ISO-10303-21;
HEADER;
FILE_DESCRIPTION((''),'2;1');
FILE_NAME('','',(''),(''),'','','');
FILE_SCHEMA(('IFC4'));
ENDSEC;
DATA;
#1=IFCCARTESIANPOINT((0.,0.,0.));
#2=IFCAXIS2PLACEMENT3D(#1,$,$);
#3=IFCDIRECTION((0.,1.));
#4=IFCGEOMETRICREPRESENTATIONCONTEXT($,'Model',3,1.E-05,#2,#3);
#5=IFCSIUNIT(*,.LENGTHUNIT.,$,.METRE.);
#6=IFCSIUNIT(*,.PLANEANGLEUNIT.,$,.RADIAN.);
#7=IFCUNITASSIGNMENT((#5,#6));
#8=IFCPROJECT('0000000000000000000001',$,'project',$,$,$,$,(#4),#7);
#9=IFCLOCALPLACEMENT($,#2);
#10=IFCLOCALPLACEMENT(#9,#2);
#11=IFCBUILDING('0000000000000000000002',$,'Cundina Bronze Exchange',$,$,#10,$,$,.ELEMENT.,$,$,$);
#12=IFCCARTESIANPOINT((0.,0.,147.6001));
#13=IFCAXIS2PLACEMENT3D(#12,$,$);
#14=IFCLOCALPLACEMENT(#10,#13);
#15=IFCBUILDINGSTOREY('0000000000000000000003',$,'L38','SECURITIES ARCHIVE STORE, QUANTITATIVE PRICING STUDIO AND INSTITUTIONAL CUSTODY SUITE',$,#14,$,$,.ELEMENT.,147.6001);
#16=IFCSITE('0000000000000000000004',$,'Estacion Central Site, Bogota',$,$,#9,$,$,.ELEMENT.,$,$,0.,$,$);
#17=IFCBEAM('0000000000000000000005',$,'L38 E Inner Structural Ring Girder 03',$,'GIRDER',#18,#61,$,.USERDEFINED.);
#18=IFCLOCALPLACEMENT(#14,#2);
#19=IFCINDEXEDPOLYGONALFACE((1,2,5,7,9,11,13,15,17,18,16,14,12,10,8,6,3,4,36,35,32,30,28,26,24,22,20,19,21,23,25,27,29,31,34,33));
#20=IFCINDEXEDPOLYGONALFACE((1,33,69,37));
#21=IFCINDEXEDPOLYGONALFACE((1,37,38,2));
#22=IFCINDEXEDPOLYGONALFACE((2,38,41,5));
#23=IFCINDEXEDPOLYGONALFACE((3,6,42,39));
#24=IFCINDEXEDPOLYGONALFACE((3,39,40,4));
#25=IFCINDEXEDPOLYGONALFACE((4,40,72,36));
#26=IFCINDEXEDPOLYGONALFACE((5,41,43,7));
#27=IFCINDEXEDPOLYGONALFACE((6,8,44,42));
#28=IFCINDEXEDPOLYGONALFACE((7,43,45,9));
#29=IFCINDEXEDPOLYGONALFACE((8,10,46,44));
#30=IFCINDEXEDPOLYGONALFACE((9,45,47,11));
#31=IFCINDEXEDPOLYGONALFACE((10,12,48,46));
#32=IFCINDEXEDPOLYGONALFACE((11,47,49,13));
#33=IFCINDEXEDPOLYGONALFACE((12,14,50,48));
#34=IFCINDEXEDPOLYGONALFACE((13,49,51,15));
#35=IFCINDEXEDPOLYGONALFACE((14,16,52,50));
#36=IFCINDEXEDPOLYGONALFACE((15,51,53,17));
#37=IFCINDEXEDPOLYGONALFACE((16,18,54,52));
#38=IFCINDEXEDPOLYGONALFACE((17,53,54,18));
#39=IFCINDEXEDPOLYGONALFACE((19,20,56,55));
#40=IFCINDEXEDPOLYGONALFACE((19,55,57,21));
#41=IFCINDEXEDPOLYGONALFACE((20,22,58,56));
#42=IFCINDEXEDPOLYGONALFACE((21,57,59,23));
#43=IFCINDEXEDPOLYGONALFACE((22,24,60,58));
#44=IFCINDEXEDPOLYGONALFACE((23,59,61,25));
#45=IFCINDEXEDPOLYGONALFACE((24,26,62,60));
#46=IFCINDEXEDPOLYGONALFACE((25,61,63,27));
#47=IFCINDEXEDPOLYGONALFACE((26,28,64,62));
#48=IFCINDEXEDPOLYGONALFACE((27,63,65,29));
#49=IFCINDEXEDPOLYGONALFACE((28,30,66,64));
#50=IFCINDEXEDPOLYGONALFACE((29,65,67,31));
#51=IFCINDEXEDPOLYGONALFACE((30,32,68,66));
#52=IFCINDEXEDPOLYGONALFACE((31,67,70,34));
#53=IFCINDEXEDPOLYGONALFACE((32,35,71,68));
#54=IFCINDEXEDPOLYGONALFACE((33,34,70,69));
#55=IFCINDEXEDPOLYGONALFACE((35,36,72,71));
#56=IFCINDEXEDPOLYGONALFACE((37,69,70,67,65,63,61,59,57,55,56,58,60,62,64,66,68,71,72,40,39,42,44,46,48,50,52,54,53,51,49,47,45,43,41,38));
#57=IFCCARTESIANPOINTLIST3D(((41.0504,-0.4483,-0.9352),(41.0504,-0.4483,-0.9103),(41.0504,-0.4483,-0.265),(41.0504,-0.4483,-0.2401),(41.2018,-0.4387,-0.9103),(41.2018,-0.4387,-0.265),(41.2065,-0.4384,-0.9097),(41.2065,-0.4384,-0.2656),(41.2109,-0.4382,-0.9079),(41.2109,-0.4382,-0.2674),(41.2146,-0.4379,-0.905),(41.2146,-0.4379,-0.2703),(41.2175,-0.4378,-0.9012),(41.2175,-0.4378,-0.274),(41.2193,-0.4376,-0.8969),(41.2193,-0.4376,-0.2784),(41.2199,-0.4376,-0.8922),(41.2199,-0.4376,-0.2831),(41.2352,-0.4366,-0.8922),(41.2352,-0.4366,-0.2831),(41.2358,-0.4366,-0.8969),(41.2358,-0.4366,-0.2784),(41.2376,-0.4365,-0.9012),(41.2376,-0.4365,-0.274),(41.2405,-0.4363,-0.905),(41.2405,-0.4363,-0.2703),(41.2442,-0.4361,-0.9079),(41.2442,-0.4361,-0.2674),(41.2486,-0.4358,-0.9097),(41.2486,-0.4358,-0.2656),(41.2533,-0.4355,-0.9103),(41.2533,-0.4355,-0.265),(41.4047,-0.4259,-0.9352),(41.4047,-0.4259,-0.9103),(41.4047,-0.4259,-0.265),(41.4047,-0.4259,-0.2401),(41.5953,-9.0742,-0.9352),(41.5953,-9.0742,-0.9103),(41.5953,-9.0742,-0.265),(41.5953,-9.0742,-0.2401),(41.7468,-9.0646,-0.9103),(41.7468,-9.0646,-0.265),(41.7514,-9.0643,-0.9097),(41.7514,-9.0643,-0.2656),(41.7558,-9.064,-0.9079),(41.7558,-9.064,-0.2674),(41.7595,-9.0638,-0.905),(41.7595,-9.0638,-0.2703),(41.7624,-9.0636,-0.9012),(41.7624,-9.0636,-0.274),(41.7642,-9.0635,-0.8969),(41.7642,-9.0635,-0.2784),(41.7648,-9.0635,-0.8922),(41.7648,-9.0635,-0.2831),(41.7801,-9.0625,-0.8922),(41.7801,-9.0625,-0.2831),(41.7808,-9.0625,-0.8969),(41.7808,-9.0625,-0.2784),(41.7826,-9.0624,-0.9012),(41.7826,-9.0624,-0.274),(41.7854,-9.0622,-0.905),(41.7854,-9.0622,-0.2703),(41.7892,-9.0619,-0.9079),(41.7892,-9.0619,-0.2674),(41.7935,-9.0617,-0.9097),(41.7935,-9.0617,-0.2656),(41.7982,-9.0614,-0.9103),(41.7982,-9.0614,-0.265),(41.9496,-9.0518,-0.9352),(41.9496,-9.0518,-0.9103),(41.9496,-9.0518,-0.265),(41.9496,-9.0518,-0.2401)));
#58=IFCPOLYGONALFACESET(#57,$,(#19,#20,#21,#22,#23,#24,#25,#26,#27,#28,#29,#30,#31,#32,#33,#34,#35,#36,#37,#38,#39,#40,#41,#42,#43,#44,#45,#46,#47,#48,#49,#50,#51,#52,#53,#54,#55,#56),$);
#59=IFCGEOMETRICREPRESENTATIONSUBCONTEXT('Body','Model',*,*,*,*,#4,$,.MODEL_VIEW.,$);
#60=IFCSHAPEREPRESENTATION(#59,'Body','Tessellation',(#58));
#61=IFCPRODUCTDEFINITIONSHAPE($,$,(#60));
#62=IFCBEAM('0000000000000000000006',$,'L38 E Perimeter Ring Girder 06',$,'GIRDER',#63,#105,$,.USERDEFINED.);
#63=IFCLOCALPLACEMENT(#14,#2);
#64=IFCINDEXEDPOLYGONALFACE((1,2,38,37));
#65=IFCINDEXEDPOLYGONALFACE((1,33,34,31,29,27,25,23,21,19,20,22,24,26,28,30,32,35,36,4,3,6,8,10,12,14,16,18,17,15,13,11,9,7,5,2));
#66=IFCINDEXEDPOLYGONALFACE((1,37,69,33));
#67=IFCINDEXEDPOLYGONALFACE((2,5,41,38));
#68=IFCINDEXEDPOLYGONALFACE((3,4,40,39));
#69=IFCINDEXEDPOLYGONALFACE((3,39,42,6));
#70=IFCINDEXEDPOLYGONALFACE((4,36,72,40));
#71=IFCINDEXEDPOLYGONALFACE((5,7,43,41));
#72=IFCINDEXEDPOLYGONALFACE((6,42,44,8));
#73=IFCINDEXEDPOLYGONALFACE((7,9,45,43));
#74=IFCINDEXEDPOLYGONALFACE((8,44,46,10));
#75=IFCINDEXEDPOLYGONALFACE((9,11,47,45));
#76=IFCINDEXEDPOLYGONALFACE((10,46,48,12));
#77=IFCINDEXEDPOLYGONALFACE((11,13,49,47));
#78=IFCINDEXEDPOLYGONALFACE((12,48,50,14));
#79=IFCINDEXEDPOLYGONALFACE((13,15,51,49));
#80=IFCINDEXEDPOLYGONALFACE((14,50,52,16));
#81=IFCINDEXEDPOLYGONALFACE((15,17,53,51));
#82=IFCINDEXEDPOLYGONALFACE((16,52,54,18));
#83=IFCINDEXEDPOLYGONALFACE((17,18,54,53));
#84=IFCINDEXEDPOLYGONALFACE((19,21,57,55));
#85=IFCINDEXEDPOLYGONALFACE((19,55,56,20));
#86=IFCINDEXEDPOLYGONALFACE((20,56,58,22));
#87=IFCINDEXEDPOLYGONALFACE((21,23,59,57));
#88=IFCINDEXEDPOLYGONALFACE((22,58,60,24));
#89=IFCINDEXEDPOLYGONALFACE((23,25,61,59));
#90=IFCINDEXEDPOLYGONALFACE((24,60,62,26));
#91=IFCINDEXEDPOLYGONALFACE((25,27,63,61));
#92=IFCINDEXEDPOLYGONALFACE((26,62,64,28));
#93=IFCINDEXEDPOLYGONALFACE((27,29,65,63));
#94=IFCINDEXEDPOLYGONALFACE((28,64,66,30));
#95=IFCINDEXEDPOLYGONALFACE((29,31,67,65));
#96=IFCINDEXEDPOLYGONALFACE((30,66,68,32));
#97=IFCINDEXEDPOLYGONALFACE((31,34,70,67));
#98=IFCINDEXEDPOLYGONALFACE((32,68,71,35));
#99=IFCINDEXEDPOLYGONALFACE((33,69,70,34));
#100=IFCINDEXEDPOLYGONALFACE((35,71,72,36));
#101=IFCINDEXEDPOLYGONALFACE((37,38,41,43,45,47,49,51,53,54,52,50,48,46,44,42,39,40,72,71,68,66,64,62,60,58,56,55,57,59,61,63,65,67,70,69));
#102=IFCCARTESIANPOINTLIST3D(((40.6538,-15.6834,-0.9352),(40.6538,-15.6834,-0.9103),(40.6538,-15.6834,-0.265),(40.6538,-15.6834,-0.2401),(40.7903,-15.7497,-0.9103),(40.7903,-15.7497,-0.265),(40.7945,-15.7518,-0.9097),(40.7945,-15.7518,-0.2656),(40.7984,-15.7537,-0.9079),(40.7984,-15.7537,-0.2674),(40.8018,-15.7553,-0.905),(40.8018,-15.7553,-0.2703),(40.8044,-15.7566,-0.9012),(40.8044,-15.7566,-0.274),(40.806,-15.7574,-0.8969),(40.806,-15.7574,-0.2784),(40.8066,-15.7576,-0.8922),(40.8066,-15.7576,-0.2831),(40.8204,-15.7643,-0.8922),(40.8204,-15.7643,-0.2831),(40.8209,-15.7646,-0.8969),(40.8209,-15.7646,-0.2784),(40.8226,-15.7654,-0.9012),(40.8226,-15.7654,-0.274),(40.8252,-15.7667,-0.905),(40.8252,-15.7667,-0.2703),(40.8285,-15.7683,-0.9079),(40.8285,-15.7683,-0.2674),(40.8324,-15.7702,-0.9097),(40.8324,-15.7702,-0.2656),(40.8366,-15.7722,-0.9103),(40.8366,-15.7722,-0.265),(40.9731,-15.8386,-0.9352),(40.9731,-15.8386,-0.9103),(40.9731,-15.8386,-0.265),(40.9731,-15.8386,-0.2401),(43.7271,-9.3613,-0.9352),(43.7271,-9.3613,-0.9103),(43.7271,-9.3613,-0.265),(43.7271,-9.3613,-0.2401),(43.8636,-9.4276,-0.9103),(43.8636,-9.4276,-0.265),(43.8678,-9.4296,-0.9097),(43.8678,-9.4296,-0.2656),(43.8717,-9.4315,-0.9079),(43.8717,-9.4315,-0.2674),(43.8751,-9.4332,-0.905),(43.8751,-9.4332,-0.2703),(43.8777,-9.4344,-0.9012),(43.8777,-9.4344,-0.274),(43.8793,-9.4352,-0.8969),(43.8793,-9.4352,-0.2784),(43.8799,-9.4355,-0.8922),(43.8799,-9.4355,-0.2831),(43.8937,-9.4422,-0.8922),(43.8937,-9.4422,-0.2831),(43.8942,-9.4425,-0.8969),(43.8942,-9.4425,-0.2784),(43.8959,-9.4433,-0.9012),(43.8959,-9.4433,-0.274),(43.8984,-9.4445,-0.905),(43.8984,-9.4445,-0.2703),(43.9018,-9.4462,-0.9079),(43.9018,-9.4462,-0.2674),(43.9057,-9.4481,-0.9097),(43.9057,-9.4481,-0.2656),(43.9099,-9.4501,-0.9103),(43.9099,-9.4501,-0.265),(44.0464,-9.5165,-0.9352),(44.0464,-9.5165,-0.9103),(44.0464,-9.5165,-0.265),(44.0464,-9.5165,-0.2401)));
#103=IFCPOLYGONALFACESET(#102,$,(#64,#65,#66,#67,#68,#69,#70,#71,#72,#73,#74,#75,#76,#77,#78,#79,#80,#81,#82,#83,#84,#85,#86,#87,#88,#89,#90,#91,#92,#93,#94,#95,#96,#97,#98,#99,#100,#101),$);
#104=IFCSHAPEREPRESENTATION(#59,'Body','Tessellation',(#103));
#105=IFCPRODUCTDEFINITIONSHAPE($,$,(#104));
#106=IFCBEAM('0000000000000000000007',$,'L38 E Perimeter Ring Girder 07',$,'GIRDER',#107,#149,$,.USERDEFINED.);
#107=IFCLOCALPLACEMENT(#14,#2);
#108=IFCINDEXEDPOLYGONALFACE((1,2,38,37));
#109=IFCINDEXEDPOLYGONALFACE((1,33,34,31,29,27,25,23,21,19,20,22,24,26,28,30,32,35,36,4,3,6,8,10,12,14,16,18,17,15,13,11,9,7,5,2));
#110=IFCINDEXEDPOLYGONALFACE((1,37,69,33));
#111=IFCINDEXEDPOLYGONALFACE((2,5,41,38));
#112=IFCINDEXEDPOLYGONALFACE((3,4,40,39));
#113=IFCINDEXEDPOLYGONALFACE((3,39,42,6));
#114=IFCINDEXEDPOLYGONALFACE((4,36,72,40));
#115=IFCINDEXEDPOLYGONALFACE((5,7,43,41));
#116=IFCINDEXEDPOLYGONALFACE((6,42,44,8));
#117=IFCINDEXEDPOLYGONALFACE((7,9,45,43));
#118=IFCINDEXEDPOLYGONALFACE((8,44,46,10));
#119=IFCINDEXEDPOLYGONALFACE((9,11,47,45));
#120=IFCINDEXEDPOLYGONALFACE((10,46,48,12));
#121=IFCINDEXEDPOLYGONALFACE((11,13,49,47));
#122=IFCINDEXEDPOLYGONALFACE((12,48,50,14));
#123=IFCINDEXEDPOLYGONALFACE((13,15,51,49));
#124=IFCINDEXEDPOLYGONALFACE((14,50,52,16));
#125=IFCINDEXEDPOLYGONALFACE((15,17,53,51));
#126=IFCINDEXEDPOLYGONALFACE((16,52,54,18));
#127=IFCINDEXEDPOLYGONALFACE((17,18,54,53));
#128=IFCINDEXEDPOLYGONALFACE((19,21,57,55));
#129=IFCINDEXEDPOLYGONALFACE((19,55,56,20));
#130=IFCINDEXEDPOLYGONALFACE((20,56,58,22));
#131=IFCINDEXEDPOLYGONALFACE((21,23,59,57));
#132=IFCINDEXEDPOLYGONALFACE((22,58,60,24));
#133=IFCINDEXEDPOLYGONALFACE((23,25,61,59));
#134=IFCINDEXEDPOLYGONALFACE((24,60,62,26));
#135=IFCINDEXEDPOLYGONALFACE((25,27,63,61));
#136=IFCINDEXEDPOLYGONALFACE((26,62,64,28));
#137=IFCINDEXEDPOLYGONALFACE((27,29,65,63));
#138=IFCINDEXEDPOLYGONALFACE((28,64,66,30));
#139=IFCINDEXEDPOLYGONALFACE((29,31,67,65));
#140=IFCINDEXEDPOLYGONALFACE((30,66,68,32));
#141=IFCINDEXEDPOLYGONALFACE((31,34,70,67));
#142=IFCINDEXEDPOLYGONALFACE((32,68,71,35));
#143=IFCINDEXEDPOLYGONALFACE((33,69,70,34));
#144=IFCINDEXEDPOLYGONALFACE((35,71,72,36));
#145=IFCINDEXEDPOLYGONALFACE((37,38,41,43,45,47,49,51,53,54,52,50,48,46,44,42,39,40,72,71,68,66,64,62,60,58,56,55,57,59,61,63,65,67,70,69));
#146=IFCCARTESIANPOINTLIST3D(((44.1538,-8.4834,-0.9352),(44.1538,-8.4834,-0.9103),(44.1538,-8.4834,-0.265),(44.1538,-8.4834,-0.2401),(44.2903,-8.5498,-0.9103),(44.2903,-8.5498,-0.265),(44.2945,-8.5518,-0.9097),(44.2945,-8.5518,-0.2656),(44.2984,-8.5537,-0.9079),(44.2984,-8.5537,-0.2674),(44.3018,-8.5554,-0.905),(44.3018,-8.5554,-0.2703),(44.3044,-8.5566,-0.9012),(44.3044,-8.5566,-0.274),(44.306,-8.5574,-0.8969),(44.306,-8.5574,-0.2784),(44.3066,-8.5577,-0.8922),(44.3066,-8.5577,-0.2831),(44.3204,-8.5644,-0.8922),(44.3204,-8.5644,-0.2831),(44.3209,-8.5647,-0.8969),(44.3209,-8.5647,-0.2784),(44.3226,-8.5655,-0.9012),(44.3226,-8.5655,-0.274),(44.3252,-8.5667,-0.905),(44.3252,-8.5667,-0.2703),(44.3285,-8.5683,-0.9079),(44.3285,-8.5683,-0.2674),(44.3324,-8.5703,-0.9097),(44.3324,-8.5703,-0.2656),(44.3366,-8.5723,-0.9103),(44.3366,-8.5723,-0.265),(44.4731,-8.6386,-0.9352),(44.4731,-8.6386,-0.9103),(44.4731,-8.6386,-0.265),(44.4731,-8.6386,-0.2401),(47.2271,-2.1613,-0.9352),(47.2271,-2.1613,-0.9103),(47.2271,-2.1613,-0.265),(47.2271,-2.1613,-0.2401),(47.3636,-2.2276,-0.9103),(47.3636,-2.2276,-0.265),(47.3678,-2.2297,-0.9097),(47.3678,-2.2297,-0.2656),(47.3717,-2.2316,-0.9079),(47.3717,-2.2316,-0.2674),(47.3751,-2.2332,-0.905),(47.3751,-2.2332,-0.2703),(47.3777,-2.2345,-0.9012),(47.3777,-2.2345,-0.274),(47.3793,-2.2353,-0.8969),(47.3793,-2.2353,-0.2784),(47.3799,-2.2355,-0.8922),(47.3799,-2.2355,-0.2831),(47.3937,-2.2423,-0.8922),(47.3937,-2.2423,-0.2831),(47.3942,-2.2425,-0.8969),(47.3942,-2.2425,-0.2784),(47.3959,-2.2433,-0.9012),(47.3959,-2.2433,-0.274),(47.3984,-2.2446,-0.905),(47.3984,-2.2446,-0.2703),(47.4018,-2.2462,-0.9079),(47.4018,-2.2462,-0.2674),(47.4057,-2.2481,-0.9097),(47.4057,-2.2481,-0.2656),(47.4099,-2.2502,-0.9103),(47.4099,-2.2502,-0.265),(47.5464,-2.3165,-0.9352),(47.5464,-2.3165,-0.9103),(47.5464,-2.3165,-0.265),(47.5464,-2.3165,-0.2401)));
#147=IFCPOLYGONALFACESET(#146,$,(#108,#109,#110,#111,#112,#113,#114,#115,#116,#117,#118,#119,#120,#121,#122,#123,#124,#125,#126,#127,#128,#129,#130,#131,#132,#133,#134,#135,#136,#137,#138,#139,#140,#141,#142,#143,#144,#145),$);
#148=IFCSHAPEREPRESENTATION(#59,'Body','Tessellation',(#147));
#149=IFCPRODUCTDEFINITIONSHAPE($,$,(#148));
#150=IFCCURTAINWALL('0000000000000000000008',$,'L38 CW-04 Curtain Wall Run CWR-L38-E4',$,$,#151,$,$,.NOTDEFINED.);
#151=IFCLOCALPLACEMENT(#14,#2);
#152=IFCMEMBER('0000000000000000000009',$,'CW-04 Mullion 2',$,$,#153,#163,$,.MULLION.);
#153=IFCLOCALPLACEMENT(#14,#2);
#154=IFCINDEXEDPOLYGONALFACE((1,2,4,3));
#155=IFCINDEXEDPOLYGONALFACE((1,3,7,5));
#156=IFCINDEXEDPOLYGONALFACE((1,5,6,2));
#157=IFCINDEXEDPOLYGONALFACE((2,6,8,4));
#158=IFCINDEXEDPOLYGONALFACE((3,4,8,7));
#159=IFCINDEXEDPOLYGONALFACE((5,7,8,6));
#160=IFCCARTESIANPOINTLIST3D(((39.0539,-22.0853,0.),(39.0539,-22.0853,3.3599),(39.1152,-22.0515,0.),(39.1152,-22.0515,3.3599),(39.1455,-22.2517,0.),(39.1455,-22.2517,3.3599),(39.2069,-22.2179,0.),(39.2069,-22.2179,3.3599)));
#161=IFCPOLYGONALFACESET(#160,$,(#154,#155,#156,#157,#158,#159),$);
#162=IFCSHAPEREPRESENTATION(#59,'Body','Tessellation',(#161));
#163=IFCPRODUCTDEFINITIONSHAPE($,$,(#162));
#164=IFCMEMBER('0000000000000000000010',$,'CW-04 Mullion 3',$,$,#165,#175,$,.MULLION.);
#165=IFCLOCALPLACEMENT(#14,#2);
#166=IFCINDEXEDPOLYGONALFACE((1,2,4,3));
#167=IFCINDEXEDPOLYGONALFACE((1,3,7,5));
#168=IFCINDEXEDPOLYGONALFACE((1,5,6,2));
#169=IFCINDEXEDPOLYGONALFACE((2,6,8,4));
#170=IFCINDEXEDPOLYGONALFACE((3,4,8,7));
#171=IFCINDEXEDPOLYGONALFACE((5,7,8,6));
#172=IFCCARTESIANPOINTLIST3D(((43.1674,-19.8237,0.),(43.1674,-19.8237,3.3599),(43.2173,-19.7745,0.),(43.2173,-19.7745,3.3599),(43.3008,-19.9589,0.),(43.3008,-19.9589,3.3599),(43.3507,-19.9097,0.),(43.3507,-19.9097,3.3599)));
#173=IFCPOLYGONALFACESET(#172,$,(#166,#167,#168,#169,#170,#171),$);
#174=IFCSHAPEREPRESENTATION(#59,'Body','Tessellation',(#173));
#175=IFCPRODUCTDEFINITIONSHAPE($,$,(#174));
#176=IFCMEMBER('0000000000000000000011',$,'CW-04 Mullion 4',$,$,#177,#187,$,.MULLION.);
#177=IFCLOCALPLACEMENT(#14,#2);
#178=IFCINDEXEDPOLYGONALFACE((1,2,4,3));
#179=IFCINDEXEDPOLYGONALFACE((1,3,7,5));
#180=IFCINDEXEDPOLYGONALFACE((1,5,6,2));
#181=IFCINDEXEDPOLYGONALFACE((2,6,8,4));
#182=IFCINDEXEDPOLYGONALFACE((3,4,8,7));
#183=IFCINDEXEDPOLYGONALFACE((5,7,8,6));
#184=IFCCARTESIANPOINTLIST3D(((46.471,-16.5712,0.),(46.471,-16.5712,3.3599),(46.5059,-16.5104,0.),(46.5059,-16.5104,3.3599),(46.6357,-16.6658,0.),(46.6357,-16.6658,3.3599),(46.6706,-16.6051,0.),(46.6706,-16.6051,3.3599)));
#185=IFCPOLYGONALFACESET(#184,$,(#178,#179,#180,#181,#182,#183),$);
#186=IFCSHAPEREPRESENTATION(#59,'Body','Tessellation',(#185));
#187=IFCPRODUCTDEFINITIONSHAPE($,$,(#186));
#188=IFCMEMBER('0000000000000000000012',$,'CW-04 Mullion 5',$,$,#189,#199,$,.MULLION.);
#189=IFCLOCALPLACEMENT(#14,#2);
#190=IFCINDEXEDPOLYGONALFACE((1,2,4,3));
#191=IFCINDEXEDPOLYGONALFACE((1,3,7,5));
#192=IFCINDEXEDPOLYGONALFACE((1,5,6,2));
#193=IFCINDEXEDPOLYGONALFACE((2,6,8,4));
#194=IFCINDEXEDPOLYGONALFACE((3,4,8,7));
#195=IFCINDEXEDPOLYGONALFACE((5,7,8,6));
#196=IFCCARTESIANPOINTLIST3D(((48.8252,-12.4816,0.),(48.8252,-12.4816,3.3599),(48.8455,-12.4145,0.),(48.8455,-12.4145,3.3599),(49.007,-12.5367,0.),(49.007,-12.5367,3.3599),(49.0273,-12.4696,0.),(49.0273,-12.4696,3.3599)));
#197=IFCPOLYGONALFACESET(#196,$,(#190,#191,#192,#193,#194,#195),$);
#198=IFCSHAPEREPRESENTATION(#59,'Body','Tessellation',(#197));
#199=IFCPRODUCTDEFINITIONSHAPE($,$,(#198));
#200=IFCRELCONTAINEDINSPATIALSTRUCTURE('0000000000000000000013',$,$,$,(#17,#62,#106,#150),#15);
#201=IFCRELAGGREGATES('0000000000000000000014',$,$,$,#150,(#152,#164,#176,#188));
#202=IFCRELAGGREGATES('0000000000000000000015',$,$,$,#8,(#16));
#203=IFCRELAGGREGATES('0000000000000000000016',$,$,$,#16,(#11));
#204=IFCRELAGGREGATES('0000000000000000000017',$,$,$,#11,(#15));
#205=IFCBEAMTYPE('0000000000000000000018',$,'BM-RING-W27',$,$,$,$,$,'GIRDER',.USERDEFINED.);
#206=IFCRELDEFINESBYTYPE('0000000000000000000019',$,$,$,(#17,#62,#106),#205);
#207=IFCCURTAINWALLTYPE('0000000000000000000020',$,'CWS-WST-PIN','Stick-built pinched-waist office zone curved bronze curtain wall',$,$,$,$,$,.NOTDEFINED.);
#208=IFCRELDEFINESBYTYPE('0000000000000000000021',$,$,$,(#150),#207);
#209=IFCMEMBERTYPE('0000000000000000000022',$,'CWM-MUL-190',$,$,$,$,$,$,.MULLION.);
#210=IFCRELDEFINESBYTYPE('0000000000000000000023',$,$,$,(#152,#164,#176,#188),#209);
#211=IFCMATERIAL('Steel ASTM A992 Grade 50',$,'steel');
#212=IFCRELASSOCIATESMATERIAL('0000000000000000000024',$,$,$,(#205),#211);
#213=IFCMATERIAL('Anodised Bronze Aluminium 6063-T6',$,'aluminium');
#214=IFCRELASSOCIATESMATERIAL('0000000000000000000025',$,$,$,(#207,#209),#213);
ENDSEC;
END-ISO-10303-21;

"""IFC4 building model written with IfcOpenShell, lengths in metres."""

from ifc_helpers import new_model, si_unit, direction, frame, origin, origin_2d, place, context, subcontext, project, spatial, rectangle, i_section, extrude, material, material_profile, profile_set, type_object, element, aggregate, save


model = new_model("IFC4")

# Units and contexts
model_context = context("Model", 3, precision=1e-05, world=origin(), true_north=direction((0.0, 1.0)))
body_context = subcontext(model_context, "Body", "Model", "MODEL_VIEW")
ifc_project = project(units=[si_unit("LENGTHUNIT", "METRE"), si_unit("PLANEANGLEUNIT", "RADIAN")], contexts=[model_context])

# Site, building, storey
site_placement = place(None, origin())
site = spatial("IfcSite", under=ifc_project, at=site_placement, Name="Estacion Central Site, Bogota", CompositionType="ELEMENT", RefElevation=0.0)
building_placement = place(site_placement, origin())
building = spatial("IfcBuilding", under=site, at=building_placement, Name="Cundina Bronze Exchange", CompositionType="ELEMENT")
storey_placement = place(building_placement, frame((0.0, 0.0, 147.6001)))
storey = spatial("IfcBuildingStorey", under=building, at=storey_placement, Name="L38", Description="SECURITIES ARCHIVE STORE, QUANTITATIVE PRICING STUDIO AND INSTITUTIONAL CUSTODY SUITE", CompositionType="ELEMENT", Elevation=147.6001)

# Beams
ifc_material_1 = material(Name="Steel ASTM A992 Grade 50", Category="steel")
ifc_material_profile_1 = material_profile(ifc_material_1, i_section(OverallWidth=0.355, OverallDepth=0.6951, WebThickness=0.0154, FlangeThickness=0.0249, FilletRadius=0.0181, at=origin_2d()), Name="W27X146", Category="steel")
ifc_profile_set_1 = profile_set([ifc_material_profile_1], Name="Steel ASTM A992 Grade 50")
beam_type_1 = type_object("IfcBeamType", Name="BM-RING-W27", ElementType="GIRDER", PredefinedType="USERDEFINED", material=ifc_profile_set_1)
beam_1_placement = place(storey_placement, frame((41.7725, -9.063, -0.5876), z_axis=(-0.063047, 0.998011, 0.0), x_axis=(-0.998011, -0.063047, 0.0)))
element("IfcBeam", 1, at=beam_1_placement, inside=storey, type_object=beam_type_1, Name="L38 E Inner Structural Ring Girder 03", ObjectType="GIRDER", PredefinedType="USERDEFINED", context=body_context, shape_type="SweptSolid", body=[
    extrude(i_section(OverallWidth=0.355, OverallDepth=0.6951, WebThickness=0.0154, FlangeThickness=0.0249, FilletRadius=0.0181, at=origin_2d()), origin(), (0.0, 0.0, 1.0), 8.6431),
])
for number, where, z_axis, x_axis, name in (
    (2, (40.8135, -15.761, -0.5876), (0.437197, 0.899366, 0.0), (-0.899366, 0.437197, 0.0), "L38 E Perimeter Ring Girder 06"),
    (3, (44.3135, -8.561, -0.5876), (0.437197, 0.899366, 0.0), (-0.899366, 0.437197, 0.0), "L38 E Perimeter Ring Girder 07"),
):
    element("IfcBeam", number, at=place(storey_placement, frame(where, z_axis=z_axis, x_axis=x_axis)), inside=storey, type_object=beam_type_1, Name=name, ObjectType="GIRDER", PredefinedType="USERDEFINED", context=body_context, shape_type="SweptSolid", body=[
        extrude(i_section(OverallWidth=0.355, OverallDepth=0.6951, WebThickness=0.0154, FlangeThickness=0.0249, FilletRadius=0.0181, at=origin_2d()), origin(), (0.0, 0.0, 1.0), 7.0295),
    ])

# Curtain wall, members
ifc_material_2 = material(Name="Anodised Bronze Aluminium 6063-T6", Category="aluminium")
curtain_wall_type = type_object("IfcCurtainWallType", Name="CWS-WST-PIN", Description="Stick-built pinched-waist office zone curved bronze curtain wall", PredefinedType="NOTDEFINED", material=ifc_material_2)
curtain_wall_placement = place(storey_placement, origin())
curtain_wall = element("IfcCurtainWall", 4, at=curtain_wall_placement, inside=storey, type_object=curtain_wall_type, Name="L38 CW-04 Curtain Wall Run CWR-L38-E4", PredefinedType="NOTDEFINED")
ifc_material_profile_2 = material_profile(ifc_material_2, rectangle(XDim=0.0701, YDim=0.1899, at=origin_2d()), Name="AL70X190", Category="aluminium")
ifc_profile_set_2 = profile_set([ifc_material_profile_2], Name="Anodised Bronze Aluminium 6063-T6")
member_type_1 = type_object("IfcMemberType", Name="CWM-MUL-190", PredefinedType="MULLION", material=ifc_profile_set_2)
member_1_placement = place(storey_placement, frame((39.1304, -22.1516, 0.0), z_axis=(0.0, 0.0, 1.0), x_axis=(0.875886, 0.482518, 0.0)))
member_1 = element("IfcMember", 5, at=member_1_placement, type_object=member_type_1, Name="CW-04 Mullion 2", PredefinedType="MULLION", context=body_context, shape_type="SweptSolid", body=[
    extrude(rectangle(XDim=0.0701, YDim=0.1899, at=origin_2d()), origin(), (0.0, 0.0, 1.0), 3.3599),
])
member_2_placement = place(storey_placement, frame((43.259, -19.8667, 0.0), z_axis=(0.0, 0.0, 1.0), x_axis=(0.712026, 0.702153, 0.0)))
member_2 = element("IfcMember", 6, at=member_2_placement, type_object=member_type_1, Name="CW-04 Mullion 3", PredefinedType="MULLION", context=body_context, shape_type="SweptSolid", body=[
    extrude(rectangle(XDim=0.0701, YDim=0.1899, at=origin_2d()), origin(), (0.0, 0.0, 1.0), 3.3599),
])
member_3_placement = place(storey_placement, frame((46.5708, -16.5881, 0.0), z_axis=(0.0, 0.0, 1.0), x_axis=(0.498488, 0.866897, 0.0)))
member_3 = element("IfcMember", 7, at=member_3_placement, type_object=member_type_1, Name="CW-04 Mullion 4", PredefinedType="MULLION", context=body_context, shape_type="SweptSolid", body=[
    extrude(rectangle(XDim=0.0701, YDim=0.1899, at=origin_2d()), origin(), (0.0, 0.0, 1.0), 3.3599),
])
member_4_placement = place(storey_placement, frame((48.9263, -12.4756, 0.0), z_axis=(0.0, 0.0, 1.0), x_axis=(0.290034, 0.957016, 0.0)))
member_4 = element("IfcMember", 8, at=member_4_placement, type_object=member_type_1, Name="CW-04 Mullion 5", PredefinedType="MULLION", context=body_context, shape_type="SweptSolid", body=[
    extrude(rectangle(XDim=0.0701, YDim=0.1899, at=origin_2d()), origin(), (0.0, 0.0, 1.0), 3.3599),
])
aggregate(curtain_wall, [member_1, member_2, member_3, member_4])

save(model, "model.ifc")
